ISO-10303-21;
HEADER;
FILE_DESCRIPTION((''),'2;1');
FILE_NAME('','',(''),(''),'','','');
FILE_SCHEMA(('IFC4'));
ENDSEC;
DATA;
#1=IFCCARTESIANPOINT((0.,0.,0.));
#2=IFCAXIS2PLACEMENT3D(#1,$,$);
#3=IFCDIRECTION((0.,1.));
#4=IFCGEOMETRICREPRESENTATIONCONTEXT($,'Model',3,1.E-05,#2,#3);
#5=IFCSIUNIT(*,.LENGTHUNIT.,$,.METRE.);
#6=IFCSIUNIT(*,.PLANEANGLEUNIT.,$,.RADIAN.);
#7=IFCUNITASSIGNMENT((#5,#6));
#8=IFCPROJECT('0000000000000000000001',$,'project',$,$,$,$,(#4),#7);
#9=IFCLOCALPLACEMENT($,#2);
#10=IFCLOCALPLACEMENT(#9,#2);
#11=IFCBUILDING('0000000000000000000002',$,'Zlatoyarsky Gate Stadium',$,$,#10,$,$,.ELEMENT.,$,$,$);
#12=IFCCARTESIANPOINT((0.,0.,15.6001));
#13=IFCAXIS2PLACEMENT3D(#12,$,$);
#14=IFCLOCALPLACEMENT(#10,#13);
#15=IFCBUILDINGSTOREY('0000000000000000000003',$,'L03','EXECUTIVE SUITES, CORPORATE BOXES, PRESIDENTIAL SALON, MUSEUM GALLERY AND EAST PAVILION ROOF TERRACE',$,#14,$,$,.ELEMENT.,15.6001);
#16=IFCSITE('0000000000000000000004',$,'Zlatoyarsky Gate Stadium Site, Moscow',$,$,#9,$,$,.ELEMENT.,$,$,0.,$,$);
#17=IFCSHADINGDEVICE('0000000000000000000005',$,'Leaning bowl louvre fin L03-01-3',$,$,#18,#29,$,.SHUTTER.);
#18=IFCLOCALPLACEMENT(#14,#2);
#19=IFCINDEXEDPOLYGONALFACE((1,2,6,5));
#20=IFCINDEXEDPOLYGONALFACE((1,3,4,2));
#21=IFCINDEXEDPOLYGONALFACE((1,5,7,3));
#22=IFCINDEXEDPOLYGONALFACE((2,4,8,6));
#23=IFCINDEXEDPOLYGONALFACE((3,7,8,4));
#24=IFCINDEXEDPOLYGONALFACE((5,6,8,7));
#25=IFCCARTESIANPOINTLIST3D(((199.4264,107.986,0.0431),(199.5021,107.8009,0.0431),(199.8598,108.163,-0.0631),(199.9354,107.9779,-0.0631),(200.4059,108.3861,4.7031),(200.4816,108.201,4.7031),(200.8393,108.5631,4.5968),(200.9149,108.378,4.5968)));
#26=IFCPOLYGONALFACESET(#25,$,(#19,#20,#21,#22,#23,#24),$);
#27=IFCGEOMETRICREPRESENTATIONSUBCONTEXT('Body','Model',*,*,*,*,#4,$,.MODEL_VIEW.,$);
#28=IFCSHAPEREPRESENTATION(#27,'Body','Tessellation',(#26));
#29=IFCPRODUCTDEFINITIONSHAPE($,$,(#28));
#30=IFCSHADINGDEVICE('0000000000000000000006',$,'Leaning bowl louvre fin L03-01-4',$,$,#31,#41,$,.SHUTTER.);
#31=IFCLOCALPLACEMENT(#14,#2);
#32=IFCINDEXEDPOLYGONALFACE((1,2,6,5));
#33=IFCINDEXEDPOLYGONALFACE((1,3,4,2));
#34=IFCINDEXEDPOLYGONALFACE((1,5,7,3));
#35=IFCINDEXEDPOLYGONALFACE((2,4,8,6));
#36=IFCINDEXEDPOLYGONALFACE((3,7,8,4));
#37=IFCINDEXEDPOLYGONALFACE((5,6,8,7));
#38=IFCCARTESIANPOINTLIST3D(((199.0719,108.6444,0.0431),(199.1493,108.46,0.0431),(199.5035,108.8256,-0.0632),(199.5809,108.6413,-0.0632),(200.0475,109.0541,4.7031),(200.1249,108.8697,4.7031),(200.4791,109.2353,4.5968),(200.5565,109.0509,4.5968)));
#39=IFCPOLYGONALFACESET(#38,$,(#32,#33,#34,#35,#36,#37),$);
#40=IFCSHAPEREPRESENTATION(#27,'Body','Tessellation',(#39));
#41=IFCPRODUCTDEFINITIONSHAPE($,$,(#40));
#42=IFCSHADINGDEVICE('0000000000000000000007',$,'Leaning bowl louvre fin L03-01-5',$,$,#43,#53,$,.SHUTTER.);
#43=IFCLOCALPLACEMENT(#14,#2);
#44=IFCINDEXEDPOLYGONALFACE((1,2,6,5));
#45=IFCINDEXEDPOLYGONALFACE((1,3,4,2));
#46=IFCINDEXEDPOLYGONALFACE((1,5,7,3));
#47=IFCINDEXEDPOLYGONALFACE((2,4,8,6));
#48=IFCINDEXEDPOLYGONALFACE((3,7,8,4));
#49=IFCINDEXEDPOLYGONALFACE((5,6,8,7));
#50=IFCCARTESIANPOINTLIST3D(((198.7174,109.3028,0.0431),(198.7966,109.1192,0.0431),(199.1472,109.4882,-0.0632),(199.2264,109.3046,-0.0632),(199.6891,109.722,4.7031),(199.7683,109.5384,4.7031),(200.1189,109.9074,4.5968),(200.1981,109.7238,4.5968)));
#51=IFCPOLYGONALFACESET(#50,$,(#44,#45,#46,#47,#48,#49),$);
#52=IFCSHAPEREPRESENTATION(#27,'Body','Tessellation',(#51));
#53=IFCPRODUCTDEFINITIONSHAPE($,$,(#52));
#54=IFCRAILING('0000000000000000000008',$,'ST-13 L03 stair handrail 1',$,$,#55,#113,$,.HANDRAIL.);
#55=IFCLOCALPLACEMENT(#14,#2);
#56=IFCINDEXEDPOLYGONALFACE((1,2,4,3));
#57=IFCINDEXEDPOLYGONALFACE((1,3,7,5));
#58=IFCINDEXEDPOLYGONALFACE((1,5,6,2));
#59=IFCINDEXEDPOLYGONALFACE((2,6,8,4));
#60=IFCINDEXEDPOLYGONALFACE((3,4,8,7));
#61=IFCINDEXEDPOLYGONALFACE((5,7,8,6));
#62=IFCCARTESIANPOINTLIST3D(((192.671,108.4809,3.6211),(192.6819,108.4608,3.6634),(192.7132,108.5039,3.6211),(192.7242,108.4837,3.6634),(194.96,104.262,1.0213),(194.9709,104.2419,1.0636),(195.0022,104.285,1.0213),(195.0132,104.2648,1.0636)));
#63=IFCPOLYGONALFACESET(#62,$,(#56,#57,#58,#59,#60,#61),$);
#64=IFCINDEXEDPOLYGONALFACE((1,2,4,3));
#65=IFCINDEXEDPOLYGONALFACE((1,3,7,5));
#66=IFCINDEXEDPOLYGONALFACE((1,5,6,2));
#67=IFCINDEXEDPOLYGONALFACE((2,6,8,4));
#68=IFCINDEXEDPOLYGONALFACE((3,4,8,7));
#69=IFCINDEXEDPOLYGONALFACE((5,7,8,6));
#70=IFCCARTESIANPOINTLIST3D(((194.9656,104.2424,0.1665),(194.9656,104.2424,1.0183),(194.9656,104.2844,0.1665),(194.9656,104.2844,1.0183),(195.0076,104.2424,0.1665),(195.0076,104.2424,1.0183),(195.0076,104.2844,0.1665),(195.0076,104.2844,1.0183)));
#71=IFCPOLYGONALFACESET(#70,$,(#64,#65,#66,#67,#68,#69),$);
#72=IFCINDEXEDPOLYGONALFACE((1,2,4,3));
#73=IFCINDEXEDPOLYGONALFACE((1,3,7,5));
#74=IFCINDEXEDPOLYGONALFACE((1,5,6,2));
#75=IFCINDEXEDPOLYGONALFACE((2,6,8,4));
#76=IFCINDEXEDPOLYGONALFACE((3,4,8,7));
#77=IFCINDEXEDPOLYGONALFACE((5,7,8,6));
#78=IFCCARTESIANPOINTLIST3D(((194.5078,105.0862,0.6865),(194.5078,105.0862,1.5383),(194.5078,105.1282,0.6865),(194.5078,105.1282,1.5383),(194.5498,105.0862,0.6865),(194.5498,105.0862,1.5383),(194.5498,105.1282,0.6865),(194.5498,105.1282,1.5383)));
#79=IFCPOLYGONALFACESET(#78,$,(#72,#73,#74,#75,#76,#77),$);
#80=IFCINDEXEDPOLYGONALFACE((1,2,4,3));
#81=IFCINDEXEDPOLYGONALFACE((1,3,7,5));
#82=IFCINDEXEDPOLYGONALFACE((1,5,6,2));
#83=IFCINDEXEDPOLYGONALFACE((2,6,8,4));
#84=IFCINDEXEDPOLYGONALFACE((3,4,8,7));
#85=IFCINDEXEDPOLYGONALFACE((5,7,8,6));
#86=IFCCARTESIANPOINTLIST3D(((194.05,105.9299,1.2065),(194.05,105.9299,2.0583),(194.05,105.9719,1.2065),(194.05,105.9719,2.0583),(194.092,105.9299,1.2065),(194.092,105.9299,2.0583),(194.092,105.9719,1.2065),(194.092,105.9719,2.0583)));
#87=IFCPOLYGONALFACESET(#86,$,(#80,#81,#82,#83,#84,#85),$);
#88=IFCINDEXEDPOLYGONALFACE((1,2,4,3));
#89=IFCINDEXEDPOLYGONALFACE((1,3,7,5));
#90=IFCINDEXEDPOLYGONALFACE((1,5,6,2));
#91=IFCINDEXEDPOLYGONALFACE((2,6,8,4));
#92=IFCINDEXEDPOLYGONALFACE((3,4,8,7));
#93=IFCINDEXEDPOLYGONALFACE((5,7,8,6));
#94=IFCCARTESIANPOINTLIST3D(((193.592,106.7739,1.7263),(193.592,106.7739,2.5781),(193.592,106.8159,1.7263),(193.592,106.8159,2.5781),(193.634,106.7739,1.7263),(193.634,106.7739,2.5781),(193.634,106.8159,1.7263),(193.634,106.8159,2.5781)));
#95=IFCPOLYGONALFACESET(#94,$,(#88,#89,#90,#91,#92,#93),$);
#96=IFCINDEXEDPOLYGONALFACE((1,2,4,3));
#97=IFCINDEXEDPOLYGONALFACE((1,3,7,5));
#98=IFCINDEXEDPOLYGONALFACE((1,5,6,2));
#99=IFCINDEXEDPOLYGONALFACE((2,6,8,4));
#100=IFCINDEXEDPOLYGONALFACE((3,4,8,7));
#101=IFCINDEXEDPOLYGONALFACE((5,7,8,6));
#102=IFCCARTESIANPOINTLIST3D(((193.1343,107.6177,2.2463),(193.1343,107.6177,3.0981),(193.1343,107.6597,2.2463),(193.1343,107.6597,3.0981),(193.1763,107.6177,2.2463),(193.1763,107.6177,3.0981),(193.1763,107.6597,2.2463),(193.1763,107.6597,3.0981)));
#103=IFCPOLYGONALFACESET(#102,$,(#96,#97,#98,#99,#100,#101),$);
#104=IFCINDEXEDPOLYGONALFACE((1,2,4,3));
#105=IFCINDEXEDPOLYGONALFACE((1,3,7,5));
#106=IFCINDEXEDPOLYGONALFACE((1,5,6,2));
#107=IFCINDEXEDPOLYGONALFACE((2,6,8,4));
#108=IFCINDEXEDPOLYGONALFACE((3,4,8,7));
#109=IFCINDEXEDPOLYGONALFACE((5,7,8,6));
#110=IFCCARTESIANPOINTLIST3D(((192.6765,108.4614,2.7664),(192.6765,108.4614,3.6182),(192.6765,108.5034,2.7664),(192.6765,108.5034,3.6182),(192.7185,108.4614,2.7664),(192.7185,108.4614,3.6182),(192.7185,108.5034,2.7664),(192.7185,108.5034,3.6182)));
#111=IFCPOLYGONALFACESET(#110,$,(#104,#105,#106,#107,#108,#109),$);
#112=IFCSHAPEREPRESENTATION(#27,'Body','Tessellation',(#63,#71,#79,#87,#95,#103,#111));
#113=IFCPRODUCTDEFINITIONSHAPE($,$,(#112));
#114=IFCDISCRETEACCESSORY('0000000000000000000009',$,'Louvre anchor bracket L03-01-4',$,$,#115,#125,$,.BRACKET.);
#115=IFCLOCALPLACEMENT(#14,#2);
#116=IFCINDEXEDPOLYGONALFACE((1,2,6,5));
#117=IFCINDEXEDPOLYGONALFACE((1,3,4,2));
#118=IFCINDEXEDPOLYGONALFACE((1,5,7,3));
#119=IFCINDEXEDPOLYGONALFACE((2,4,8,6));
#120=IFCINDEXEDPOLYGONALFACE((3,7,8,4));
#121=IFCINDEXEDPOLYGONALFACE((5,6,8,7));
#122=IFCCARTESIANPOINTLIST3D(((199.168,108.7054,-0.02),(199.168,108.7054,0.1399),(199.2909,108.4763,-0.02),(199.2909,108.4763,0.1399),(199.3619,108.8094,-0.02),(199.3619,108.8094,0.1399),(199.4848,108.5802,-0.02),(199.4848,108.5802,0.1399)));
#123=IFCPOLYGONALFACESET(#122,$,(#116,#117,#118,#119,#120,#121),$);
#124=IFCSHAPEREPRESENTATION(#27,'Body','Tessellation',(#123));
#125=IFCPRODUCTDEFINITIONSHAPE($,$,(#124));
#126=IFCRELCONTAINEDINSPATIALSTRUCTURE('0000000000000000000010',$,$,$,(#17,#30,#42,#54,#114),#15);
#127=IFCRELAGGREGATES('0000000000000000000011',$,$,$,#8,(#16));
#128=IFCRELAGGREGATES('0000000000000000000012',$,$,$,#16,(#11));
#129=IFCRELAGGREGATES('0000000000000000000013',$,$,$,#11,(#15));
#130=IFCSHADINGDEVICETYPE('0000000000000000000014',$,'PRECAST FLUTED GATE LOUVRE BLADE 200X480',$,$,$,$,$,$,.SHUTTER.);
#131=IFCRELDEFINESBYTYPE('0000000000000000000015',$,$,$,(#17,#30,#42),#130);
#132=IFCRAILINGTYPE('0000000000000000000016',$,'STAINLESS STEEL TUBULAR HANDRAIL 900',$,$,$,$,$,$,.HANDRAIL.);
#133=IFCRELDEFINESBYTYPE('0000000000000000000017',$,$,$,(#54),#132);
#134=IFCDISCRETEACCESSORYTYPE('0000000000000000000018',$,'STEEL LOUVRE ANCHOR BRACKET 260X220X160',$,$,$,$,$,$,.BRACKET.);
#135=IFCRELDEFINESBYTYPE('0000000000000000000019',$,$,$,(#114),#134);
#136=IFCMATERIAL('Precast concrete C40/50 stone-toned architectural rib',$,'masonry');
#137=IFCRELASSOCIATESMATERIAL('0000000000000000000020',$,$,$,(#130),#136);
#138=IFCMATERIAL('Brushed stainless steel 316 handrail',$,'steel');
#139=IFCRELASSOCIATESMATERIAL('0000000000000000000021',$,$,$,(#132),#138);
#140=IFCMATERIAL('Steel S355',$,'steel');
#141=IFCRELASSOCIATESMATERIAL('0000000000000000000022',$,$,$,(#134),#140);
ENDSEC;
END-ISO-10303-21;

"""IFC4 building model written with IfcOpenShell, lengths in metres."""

from ifc_helpers import new_model, si_unit, direction, frame, origin, origin_2d, place, context, subcontext, project, spatial, rectangle, extrude, material, material_profile, profile_set, type_object, element, save


model = new_model("IFC4")

# Units and contexts
model_context = context("Model", 3, precision=1e-05, world=origin(), true_north=direction((0.0, 1.0)))
body_context = subcontext(model_context, "Body", "Model", "MODEL_VIEW")
ifc_project = project(units=[si_unit("LENGTHUNIT", "METRE"), si_unit("PLANEANGLEUNIT", "RADIAN")], contexts=[model_context])

# Site, building, storey
site_placement = place(None, origin())
site = spatial("IfcSite", under=ifc_project, at=site_placement, Name="Zlatoyarsky Gate Stadium Site, Moscow", CompositionType="ELEMENT", RefElevation=0.0)
building_placement = place(site_placement, origin())
building = spatial("IfcBuilding", under=site, at=building_placement, Name="Zlatoyarsky Gate Stadium", CompositionType="ELEMENT")
storey_placement = place(building_placement, frame((0.0, 0.0, 15.6001)))
storey = spatial("IfcBuildingStorey", under=building, at=storey_placement, Name="L03", Description="EXECUTIVE SUITES, CORPORATE BOXES, PRESIDENTIAL SALON, MUSEUM GALLERY AND EAST PAVILION ROOF TERRACE", CompositionType="ELEMENT", Elevation=15.6001)

# Shared definitions
ifc_material_1 = material(Name="Steel S355", Category="steel")

# Shading devices
ifc_material_2 = material(Name="Precast concrete C40/50 stone-toned architectural rib", Category="masonry")
ifc_material_profile_1 = material_profile(ifc_material_2, rectangle(XDim=0.2, YDim=0.48, at=origin_2d()), Name="RIB 200X480")
ifc_profile_set_1 = profile_set([ifc_material_profile_1], Name="Precast concrete C40/50 stone-toned architectural rib")
shading_device_type = type_object("IfcShadingDeviceType", Name="PRECAST FLUTED GATE LOUVRE BLADE 200X480", PredefinedType="SHUTTER", material=ifc_profile_set_1)
for number, where, z_axis, x_axis, name in (
    (1, (199.6809, 107.9819, -0.01), (0.204978, 0.083738, 0.975178), (-0.378184, 0.925731, 0.0), "Leaning bowl louvre fin L03-01-3"),
    (2, (199.3264, 108.6428, -0.01), (0.20416, 0.085731, 0.975176), (-0.38717, 0.922008, 0.0), "Leaning bowl louvre fin L03-01-4"),
    (3, (198.9719, 109.3037, -0.01), (0.203341, 0.087723, 0.97517), (-0.396118, 0.9182, 0.0), "Leaning bowl louvre fin L03-01-5"),
):
    element("IfcShadingDevice", number, at=place(storey_placement, frame(where, z_axis=z_axis, x_axis=x_axis)), inside=storey, type_object=shading_device_type, Name=name, PredefinedType="SHUTTER", context=body_context, shape_type="SweptSolid", body=[
        extrude(rectangle(XDim=0.2, YDim=0.48, at=origin_2d()), origin(), (0.0, 0.0, 1.0), 4.7786),
    ])

# Railing
ifc_material_3 = material(Name="Brushed stainless steel 316 handrail", Category="steel")
railing_type_1 = type_object("IfcRailingType", Name="STAINLESS STEEL TUBULAR HANDRAIL 900", PredefinedType="HANDRAIL", material=ifc_material_3)
railing_1_placement = place(storey_placement, frame((194.9866, 104.2634, 0.1665)))
element("IfcRailing", 4, at=railing_1_placement, inside=storey, type_object=railing_type_1, Name="ST-13 L03 stair handrail 1", PredefinedType="HANDRAIL", context=body_context, shape_type="SweptSolid", body=[
    extrude(rectangle(XDim=0.0481, YDim=0.0481, at=origin_2d()), frame((0.0, 0.0, 0.876), z_axis=(-0.419331, 0.772873, 0.476265), x_axis=(-0.878962, -0.476891, 0.0)), (0.0, 0.0, 1.0), 5.4587),
    extrude(rectangle(XDim=0.042, YDim=0.042, at=origin_2d()), origin(), (0.0, 0.0, 1.0), 0.8518),
    extrude(rectangle(XDim=0.042, YDim=0.042, at=origin_2d()), frame((-0.4578, 0.8438, 0.52)), (0.0, 0.0, 1.0), 0.8518),
    extrude(rectangle(XDim=0.042, YDim=0.042, at=origin_2d()), frame((-0.9155, 1.6875, 1.04)), (0.0, 0.0, 1.0), 0.8518),
    extrude(rectangle(XDim=0.042, YDim=0.042, at=origin_2d()), frame((-1.3735, 2.5315, 1.5598)), (0.0, 0.0, 1.0), 0.8518),
    extrude(rectangle(XDim=0.042, YDim=0.042, at=origin_2d()), frame((-1.8313, 3.3752, 2.0798)), (0.0, 0.0, 1.0), 0.8518),
    extrude(rectangle(XDim=0.042, YDim=0.042, at=origin_2d()), frame((-2.2891, 4.219, 2.5999)), (0.0, 0.0, 1.0), 0.8518),
])

# Discrete accessory
discrete_accessory_type = type_object("IfcDiscreteAccessoryType", Name="STEEL LOUVRE ANCHOR BRACKET 260X220X160", PredefinedType="BRACKET", material=ifc_material_1)
discrete_accessory_placement = place(storey_placement, frame((199.3264, 108.6428, -0.02), z_axis=(0.0, 0.0, 1.0), x_axis=(-0.472643, 0.881254, 0.0)))
element("IfcDiscreteAccessory", 5, at=discrete_accessory_placement, inside=storey, type_object=discrete_accessory_type, Name="Louvre anchor bracket L03-01-4", PredefinedType="BRACKET", context=body_context, shape_type="SweptSolid", body=[
    extrude(rectangle(XDim=0.26, YDim=0.22, at=origin_2d()), origin(), (0.0, 0.0, 1.0), 0.1599),
])

save(model, "model.ifc")
